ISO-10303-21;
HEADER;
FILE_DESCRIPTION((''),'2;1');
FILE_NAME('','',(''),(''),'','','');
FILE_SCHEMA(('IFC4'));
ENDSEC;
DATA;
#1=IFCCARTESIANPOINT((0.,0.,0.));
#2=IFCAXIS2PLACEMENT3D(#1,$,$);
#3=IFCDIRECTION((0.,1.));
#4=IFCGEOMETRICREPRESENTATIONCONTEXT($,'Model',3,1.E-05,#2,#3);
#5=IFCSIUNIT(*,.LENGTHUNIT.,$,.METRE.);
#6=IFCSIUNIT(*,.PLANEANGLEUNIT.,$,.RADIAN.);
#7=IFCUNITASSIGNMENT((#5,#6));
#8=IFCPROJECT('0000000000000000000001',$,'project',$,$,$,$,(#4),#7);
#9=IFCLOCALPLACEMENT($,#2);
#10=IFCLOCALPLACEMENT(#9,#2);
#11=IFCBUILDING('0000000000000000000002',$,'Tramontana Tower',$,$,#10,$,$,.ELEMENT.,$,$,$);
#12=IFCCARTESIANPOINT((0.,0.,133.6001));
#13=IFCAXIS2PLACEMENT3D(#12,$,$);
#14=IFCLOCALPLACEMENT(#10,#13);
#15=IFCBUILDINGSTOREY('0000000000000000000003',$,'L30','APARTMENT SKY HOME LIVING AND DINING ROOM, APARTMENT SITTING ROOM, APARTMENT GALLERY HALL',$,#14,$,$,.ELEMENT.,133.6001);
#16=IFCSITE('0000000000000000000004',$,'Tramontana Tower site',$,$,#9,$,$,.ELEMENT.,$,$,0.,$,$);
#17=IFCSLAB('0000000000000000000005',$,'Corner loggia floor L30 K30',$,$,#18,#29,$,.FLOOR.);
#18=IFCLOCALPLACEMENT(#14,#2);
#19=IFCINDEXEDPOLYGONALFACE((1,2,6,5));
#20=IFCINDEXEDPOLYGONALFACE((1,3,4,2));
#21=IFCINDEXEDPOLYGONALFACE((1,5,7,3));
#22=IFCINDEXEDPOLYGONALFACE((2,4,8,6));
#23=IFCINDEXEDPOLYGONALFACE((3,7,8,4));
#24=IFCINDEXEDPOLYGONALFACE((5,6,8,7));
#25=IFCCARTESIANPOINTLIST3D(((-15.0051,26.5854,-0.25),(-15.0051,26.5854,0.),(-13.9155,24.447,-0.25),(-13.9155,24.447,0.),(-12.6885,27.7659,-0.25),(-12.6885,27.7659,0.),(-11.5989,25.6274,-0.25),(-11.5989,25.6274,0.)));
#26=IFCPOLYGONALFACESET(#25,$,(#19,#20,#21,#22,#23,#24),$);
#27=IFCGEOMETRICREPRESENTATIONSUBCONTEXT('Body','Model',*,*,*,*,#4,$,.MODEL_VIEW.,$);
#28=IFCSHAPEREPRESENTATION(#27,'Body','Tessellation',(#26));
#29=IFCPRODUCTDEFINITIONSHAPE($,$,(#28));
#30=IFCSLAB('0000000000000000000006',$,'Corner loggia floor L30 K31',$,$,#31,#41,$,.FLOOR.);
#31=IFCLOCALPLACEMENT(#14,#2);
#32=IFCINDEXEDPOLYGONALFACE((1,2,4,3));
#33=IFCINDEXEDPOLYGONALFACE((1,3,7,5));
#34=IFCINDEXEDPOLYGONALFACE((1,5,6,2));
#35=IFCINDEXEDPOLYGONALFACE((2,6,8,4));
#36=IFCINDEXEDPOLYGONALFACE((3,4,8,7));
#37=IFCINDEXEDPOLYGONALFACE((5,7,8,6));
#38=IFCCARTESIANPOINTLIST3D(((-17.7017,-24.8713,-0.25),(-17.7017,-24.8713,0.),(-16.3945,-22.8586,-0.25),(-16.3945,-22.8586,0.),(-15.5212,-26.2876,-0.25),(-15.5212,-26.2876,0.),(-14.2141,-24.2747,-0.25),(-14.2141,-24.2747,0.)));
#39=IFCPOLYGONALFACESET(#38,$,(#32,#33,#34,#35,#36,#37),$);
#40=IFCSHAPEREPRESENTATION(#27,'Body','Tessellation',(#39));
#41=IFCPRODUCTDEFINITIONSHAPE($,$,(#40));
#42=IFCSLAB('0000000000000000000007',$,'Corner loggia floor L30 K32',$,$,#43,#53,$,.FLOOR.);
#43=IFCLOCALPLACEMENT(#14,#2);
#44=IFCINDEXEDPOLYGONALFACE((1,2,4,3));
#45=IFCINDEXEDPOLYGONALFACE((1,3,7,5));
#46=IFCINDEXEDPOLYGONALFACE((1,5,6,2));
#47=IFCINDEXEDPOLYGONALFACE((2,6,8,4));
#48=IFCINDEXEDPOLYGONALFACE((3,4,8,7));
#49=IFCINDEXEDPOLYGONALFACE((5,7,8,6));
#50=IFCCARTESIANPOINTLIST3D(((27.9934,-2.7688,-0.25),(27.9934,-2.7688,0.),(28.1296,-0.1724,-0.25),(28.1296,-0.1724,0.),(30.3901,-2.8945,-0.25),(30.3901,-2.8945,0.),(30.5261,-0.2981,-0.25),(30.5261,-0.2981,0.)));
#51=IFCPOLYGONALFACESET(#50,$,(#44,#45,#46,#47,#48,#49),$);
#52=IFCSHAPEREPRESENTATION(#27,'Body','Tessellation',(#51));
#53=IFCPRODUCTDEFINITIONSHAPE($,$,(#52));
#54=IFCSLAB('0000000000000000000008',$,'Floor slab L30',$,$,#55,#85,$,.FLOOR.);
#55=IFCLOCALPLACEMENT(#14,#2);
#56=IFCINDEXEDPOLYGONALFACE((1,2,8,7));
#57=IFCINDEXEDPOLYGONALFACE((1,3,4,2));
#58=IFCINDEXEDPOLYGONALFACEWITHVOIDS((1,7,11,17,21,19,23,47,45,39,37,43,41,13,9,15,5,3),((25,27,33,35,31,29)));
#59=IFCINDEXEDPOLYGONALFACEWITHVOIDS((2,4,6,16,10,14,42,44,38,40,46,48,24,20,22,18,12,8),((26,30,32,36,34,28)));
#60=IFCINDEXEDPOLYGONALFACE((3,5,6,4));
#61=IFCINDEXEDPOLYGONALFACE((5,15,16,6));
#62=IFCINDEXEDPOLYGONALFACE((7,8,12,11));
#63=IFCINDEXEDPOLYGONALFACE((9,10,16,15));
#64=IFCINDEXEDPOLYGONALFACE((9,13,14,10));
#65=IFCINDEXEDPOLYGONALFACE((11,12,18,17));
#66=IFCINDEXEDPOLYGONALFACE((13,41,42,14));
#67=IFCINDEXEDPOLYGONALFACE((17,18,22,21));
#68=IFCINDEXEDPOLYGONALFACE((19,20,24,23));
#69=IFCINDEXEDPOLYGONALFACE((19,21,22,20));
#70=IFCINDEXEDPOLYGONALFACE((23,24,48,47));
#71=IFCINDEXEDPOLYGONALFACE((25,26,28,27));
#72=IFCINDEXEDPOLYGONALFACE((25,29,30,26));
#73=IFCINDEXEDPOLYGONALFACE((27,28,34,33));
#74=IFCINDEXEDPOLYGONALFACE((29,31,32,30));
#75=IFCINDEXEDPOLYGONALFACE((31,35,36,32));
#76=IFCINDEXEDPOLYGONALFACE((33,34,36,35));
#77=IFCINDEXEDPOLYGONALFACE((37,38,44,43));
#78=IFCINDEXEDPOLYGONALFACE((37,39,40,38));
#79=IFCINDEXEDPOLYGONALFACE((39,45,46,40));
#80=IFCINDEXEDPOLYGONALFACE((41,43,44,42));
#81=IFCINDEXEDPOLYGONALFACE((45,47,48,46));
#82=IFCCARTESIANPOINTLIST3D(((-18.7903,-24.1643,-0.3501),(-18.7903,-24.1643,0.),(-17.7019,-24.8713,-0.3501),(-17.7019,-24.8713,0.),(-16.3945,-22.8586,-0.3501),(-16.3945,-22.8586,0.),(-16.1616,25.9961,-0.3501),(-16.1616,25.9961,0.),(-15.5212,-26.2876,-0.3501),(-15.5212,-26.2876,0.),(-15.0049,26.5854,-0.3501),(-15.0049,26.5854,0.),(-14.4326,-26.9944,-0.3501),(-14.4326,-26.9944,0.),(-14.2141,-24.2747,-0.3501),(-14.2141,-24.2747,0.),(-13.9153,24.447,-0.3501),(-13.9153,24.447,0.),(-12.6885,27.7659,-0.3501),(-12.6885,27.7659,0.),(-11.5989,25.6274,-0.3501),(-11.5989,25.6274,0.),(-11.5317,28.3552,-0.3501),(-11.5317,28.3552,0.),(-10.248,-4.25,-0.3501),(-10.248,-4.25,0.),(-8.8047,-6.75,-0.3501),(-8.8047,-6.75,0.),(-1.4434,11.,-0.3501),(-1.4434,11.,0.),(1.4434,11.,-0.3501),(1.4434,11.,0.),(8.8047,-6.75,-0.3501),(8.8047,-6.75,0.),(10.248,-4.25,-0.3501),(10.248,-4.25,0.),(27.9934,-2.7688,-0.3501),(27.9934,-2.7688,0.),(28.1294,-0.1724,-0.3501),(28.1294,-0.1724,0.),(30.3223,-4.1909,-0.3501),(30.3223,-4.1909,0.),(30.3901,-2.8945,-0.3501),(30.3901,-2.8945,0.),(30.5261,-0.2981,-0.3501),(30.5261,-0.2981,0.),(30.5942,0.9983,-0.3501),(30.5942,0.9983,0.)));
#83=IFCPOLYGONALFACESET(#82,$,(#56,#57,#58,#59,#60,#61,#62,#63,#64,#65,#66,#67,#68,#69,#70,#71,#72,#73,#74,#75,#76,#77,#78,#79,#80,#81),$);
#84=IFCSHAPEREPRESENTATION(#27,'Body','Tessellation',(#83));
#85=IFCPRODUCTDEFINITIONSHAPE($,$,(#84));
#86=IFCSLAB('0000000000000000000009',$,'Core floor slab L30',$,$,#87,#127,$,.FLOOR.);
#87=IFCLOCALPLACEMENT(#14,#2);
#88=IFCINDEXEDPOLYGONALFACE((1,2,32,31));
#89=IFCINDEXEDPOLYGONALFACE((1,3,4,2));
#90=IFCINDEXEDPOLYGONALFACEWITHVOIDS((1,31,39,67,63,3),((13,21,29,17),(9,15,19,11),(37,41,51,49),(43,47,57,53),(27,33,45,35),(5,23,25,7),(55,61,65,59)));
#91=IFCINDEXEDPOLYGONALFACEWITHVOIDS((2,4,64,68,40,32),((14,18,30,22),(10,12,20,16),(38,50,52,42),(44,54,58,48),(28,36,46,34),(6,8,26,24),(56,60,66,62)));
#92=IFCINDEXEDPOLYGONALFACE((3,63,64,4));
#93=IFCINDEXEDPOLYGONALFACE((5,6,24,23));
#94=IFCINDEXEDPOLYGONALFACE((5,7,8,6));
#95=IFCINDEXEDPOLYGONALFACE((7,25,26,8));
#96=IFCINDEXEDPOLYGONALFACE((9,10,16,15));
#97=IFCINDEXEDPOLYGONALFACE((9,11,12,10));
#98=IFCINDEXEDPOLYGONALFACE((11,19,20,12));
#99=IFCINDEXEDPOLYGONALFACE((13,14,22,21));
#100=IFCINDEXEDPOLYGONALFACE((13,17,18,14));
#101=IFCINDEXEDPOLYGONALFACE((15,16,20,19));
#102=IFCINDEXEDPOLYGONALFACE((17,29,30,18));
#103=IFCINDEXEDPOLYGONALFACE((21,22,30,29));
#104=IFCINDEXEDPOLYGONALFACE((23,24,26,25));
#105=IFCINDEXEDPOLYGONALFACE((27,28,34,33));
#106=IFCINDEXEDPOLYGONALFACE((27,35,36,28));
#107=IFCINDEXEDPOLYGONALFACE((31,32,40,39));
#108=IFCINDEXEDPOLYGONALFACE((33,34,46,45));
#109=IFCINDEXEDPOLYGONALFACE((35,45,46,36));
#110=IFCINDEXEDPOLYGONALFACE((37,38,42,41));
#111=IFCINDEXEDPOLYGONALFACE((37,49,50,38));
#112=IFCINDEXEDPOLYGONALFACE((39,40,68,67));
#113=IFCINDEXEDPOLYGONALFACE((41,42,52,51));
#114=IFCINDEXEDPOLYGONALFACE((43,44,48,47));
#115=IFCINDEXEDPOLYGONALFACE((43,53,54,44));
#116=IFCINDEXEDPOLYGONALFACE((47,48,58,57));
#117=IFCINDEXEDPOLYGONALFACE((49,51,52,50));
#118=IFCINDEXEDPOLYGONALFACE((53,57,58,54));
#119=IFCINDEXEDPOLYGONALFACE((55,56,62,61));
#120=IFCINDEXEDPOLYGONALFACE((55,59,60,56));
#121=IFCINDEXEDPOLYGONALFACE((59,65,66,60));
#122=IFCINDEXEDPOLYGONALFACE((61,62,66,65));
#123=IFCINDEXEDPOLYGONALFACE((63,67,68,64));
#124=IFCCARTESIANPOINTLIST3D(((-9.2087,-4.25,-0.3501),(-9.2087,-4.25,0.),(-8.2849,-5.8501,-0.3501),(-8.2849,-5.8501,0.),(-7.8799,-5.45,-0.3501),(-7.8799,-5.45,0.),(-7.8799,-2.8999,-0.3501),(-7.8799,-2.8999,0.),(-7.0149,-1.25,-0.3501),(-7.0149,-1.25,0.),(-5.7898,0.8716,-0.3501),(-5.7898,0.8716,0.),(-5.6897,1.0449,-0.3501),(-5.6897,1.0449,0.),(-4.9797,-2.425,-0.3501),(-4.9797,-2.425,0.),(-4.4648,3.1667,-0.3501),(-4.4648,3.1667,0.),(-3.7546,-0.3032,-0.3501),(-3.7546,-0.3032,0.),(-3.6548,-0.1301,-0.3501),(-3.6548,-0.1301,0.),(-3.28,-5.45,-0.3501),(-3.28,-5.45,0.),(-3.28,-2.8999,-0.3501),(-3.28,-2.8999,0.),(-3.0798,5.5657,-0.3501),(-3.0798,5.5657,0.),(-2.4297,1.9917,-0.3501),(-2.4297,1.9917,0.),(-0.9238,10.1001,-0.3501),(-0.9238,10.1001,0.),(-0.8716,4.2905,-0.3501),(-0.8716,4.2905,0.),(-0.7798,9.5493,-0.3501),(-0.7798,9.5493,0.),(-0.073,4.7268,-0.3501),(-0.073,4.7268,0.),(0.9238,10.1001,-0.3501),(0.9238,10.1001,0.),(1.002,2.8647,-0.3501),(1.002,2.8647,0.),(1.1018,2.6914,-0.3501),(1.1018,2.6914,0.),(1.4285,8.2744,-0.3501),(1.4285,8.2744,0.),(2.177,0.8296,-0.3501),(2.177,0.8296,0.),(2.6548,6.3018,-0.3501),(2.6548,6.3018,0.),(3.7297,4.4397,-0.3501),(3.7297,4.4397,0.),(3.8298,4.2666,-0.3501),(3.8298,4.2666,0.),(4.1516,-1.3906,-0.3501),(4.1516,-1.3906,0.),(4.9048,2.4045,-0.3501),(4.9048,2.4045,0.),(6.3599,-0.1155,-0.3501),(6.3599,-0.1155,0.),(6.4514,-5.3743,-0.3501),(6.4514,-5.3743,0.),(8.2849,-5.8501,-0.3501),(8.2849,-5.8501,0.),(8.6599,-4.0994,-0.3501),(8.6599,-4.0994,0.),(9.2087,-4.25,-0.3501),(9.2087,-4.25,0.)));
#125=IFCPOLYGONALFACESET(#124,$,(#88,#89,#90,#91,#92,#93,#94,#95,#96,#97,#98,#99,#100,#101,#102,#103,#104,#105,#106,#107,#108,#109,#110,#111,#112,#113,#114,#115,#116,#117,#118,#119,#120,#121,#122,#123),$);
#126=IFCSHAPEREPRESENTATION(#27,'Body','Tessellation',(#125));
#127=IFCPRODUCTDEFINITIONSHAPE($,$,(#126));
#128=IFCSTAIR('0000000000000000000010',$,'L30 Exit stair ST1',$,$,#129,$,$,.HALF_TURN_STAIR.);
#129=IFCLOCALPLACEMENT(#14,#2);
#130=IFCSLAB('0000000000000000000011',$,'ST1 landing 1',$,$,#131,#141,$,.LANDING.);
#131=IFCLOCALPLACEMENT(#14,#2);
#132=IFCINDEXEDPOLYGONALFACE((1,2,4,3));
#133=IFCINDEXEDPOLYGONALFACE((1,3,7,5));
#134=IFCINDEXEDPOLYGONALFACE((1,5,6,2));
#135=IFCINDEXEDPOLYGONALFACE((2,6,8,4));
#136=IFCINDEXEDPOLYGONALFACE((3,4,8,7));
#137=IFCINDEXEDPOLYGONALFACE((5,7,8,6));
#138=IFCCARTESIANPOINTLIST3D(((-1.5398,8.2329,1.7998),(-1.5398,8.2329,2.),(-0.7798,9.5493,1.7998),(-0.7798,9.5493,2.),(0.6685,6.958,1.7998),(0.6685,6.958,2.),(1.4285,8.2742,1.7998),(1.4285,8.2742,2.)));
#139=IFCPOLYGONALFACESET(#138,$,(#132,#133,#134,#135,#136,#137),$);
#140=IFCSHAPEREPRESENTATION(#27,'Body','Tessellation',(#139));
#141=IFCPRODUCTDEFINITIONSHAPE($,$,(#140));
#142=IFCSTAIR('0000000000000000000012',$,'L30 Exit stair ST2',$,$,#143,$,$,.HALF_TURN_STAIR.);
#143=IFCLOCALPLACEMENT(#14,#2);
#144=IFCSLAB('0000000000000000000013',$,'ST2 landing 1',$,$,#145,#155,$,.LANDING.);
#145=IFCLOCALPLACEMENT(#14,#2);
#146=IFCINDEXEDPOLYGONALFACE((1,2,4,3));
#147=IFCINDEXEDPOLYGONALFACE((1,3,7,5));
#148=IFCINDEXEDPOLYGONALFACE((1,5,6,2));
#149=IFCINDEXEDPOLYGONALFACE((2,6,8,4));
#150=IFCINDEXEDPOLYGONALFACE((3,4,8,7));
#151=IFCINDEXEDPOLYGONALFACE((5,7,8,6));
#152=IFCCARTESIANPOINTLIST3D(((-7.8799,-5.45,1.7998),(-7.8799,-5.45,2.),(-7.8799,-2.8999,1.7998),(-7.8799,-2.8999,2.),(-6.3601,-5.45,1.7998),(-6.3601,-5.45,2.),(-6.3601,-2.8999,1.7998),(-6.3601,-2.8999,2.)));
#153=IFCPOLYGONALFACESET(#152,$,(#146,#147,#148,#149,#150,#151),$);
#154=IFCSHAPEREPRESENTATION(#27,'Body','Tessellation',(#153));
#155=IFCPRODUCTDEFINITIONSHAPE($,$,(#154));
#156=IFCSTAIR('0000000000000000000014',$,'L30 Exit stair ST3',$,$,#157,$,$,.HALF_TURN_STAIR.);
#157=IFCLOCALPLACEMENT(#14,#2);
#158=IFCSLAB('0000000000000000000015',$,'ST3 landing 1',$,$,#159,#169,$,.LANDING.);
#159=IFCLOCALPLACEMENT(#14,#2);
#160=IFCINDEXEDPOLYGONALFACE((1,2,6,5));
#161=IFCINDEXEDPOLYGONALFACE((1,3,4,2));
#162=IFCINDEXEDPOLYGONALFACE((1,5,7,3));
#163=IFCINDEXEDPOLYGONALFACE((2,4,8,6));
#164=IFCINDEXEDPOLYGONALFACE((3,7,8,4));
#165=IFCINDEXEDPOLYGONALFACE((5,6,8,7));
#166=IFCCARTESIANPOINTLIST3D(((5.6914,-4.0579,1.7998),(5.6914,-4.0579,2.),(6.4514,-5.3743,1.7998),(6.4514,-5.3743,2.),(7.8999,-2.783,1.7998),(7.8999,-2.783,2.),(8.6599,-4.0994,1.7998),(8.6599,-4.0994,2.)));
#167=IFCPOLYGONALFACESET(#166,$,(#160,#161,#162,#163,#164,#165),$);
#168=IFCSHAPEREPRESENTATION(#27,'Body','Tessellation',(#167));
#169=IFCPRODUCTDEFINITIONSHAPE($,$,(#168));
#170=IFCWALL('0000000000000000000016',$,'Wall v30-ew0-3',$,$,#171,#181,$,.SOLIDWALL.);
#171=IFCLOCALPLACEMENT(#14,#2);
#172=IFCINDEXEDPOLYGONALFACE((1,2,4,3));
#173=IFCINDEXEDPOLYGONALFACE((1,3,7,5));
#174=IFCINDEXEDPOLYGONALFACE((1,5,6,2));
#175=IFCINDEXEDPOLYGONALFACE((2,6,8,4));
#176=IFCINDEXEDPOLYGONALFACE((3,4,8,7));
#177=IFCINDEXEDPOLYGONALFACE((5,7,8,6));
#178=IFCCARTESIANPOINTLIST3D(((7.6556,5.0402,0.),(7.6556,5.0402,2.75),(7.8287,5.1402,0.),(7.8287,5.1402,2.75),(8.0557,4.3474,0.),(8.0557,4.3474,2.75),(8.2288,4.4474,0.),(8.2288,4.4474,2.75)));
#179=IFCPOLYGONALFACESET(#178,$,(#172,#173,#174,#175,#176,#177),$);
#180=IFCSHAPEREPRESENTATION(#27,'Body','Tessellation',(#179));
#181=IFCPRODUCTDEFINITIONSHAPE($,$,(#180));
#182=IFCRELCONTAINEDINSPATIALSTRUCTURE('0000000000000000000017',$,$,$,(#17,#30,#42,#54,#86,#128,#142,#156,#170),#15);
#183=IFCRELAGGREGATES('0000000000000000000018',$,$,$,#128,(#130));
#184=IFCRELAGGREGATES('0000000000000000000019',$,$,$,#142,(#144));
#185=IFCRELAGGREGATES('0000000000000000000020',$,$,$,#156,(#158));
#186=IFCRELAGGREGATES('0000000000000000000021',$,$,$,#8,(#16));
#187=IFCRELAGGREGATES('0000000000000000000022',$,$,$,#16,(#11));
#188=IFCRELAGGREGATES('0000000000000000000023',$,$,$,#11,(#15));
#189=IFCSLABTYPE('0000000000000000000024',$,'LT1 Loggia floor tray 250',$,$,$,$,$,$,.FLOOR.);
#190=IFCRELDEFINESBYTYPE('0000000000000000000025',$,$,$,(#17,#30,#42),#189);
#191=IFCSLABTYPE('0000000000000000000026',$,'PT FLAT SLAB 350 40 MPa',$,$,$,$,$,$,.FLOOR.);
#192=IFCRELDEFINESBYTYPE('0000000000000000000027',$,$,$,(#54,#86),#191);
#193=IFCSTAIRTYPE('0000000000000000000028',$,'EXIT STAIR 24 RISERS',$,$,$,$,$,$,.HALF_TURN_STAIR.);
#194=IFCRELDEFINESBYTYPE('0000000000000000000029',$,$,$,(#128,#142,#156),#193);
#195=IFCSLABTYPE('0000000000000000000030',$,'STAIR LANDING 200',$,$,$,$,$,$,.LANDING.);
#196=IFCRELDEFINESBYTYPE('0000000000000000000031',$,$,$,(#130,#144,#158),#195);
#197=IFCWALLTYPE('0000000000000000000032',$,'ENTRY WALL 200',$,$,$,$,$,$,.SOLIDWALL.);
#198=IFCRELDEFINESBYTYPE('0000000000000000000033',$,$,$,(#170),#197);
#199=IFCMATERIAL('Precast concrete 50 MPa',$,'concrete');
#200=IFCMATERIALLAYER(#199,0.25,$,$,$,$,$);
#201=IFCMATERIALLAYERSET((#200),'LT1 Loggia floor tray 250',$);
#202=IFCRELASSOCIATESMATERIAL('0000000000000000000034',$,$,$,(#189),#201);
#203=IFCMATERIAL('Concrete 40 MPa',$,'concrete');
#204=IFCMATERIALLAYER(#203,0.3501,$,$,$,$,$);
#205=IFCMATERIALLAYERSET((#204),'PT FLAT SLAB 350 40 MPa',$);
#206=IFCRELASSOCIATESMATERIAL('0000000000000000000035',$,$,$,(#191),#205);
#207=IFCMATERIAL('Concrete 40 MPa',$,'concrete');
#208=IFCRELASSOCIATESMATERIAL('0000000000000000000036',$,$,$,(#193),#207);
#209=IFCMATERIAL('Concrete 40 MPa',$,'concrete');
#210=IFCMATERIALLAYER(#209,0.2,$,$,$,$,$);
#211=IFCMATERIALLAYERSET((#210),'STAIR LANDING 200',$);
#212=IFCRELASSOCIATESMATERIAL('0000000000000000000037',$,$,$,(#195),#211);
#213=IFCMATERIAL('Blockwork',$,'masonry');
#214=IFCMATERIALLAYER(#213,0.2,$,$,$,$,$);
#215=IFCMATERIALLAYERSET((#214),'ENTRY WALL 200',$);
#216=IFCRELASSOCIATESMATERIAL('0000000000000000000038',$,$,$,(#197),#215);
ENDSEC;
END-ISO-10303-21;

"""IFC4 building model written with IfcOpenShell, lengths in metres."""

from ifc_helpers import new_model, si_unit, direction, frame, frame_2d, origin, place, context, subcontext, project, spatial, polyline, rectangle, outline, extrude, material, layer, layer_set, type_object, element, aggregate, save


model = new_model("IFC4")

# Units and contexts
model_context = context("Model", 3, precision=1e-05, world=origin(), true_north=direction((0.0, 1.0)))
body_context = subcontext(model_context, "Body", "Model", "MODEL_VIEW")
ifc_project = project(units=[si_unit("LENGTHUNIT", "METRE"), si_unit("PLANEANGLEUNIT", "RADIAN")], contexts=[model_context])

# Site, building, storey
site_placement = place(None, origin())
site = spatial("IfcSite", under=ifc_project, at=site_placement, Name="Tramontana Tower site", CompositionType="ELEMENT", RefElevation=0.0)
building_placement = place(site_placement, origin())
building = spatial("IfcBuilding", under=site, at=building_placement, Name="Tramontana Tower", CompositionType="ELEMENT")
storey_placement = place(building_placement, frame((0.0, 0.0, 133.6001)))
storey = spatial("IfcBuildingStorey", under=building, at=storey_placement, Name="L30", Description="APARTMENT SKY HOME LIVING AND DINING ROOM, APARTMENT SITTING ROOM, APARTMENT GALLERY HALL", CompositionType="ELEMENT", Elevation=133.6001)

# Slabs
ifc_material_1 = material(Name="Precast concrete 50 MPa", Category="concrete")
ifc_layer_1 = layer(ifc_material_1, 0.25)
ifc_layer_set_1 = layer_set([ifc_layer_1], Name="LT1 Loggia floor tray 250")
slab_type_1 = type_object("IfcSlabType", Name="LT1 Loggia floor tray 250", PredefinedType="FLOOR", material=ifc_layer_set_1)
slab_1_placement = place(storey_placement, frame((0.0, 0.0, -0.25)))
element("IfcSlab", 1, at=slab_1_placement, inside=storey, type_object=slab_type_1, Name="Corner loggia floor L30 K30", PredefinedType="FLOOR", context=body_context, shape_type="SweptSolid", body=[
    extrude(outline(polyline([(-12.6885, 27.7659), (-11.5989, 25.6274), (-13.9155, 24.447), (-15.0051, 26.5854), (-12.6885, 27.7659)])), origin(), (0.0, 0.0, 1.0), 0.25),
])
slab_2_placement = place(storey_placement, frame((0.0, 0.0, -0.25)))
element("IfcSlab", 2, at=slab_2_placement, inside=storey, type_object=slab_type_1, Name="Corner loggia floor L30 K31", PredefinedType="FLOOR", context=body_context, shape_type="SweptSolid", body=[
    extrude(outline(polyline([(-17.7017, -24.8713), (-16.3945, -22.8586), (-14.2141, -24.2747), (-15.5212, -26.2876), (-17.7017, -24.8713)])), origin(), (0.0, 0.0, 1.0), 0.25),
])
slab_3_placement = place(storey_placement, frame((0.0, 0.0, -0.25)))
element("IfcSlab", 3, at=slab_3_placement, inside=storey, type_object=slab_type_1, Name="Corner loggia floor L30 K32", PredefinedType="FLOOR", context=body_context, shape_type="SweptSolid", body=[
    extrude(outline(polyline([(30.3901, -2.8945), (27.9934, -2.7688), (28.1296, -0.1724), (30.5261, -0.2981), (30.3901, -2.8945)])), origin(), (0.0, 0.0, 1.0), 0.25),
])
ifc_material_2 = material(Name="Concrete 40 MPa", Category="concrete")
ifc_layer_2 = layer(ifc_material_2, 0.3501)
ifc_layer_set_2 = layer_set([ifc_layer_2], Name="PT FLAT SLAB 350 40 MPa")
slab_type_2 = type_object("IfcSlabType", Name="PT FLAT SLAB 350 40 MPa", PredefinedType="FLOOR", material=ifc_layer_set_2)
slab_4_placement = place(storey_placement, frame((0.0, 0.0, -0.3501)))
element("IfcSlab", 4, at=slab_4_placement, inside=storey, type_object=slab_type_2, Name="Floor slab L30", PredefinedType="FLOOR", context=body_context, shape_type="SweptSolid", body=[
    extrude(outline(polyline([(30.5261, -0.2981), (28.1294, -0.1724), (27.9934, -2.7688), (30.3901, -2.8945), (30.3223, -4.1909), (-14.4326, -26.9944), (-15.5212, -26.2876), (-14.2141, -24.2747), (-16.3945, -22.8586), (-17.7019, -24.8713), (-18.7903, -24.1643), (-16.1616, 25.9961), (-15.0049, 26.5854), (-13.9153, 24.447), (-11.5989, 25.6274), (-12.6885, 27.7659), (-11.5317, 28.3552), (30.5942, 0.9983), (30.5261, -0.2981)]), holes=[polyline([(-10.248, -4.25), (-8.8047, -6.75), (8.8047, -6.75), (10.248, -4.25), (1.4434, 11.0), (-1.4434, 11.0), (-10.248, -4.25)])]), origin(), (0.0, 0.0, 1.0), 0.3501),
])
slab_5_placement = place(storey_placement, frame((0.0, 0.0, -0.3501)))
element("IfcSlab", 5, at=slab_5_placement, inside=storey, type_object=slab_type_2, Name="Core floor slab L30", PredefinedType="FLOOR", context=body_context, shape_type="SweptSolid", body=[
    extrude(outline(polyline([(9.2087, -4.25), (8.2849, -5.8501), (-8.2849, -5.8501), (-9.2087, -4.25), (-0.9238, 10.1001), (0.9238, 10.1001), (9.2087, -4.25)]), holes=[polyline([(8.6599, -4.0994), (6.3599, -0.1155), (4.1516, -1.3906), (6.4514, -5.3743), (8.6599, -4.0994)]), polyline([(3.8298, 4.2666), (1.1018, 2.6914), (2.177, 0.8296), (4.9048, 2.4045), (3.8298, 4.2666)]), polyline([(2.6548, 6.3018), (-0.073, 4.7268), (1.002, 2.8647), (3.7297, 4.4397), (2.6548, 6.3018)]), polyline([(-0.7798, 9.5493), (-3.0798, 5.5657), (-0.8716, 4.2905), (1.4285, 8.2744), (-0.7798, 9.5493)]), polyline([(-5.6897, 1.0449), (-3.6548, -0.1301), (-2.4297, 1.9917), (-4.4648, 3.1667), (-5.6897, 1.0449)]), polyline([(-3.28, -5.45), (-3.28, -2.8999), (-7.8799, -2.8999), (-7.8799, -5.45), (-3.28, -5.45)]), polyline([(-7.0149, -1.25), (-4.9797, -2.425), (-3.7546, -0.3032), (-5.7898, 0.8716), (-7.0149, -1.25)])]), origin(), (0.0, 0.0, 1.0), 0.3501),
])

# Stairs, slabs
ifc_material_3 = material(Name="Concrete 40 MPa", Category="concrete")
stair_type = type_object("IfcStairType", Name="EXIT STAIR 24 RISERS", PredefinedType="HALF_TURN_STAIR", material=ifc_material_3)
stair_1_placement = place(storey_placement, origin())
stair_1 = element("IfcStair", 6, at=stair_1_placement, inside=storey, type_object=stair_type, Name="L30 Exit stair ST1", PredefinedType="HALF_TURN_STAIR")
ifc_material_4 = material(Name="Concrete 40 MPa", Category="concrete")
ifc_layer_3 = layer(ifc_material_4, 0.2)
ifc_layer_set_3 = layer_set([ifc_layer_3], Name="STAIR LANDING 200")
slab_type_3 = type_object("IfcSlabType", Name="STAIR LANDING 200", PredefinedType="LANDING", material=ifc_layer_set_3)
slab_6_placement = place(storey_placement, frame((0.0, 0.0, 1.7998)))
slab_6 = element("IfcSlab", 7, at=slab_6_placement, type_object=slab_type_3, Name="ST1 landing 1", PredefinedType="LANDING", context=body_context, shape_type="SweptSolid", body=[
    extrude(outline(polyline([(0.6685, 6.958), (1.4285, 8.2742), (-0.7798, 9.5493), (-1.5398, 8.2329), (0.6685, 6.958)])), origin(), (0.0, 0.0, 1.0), 0.2002),
])
aggregate(stair_1, [slab_6])
stair_2_placement = place(storey_placement, origin())
stair_2 = element("IfcStair", 8, at=stair_2_placement, inside=storey, type_object=stair_type, Name="L30 Exit stair ST2", PredefinedType="HALF_TURN_STAIR")
slab_7_placement = place(storey_placement, frame((0.0, 0.0, 1.7998)))
slab_7 = element("IfcSlab", 9, at=slab_7_placement, type_object=slab_type_3, Name="ST2 landing 1", PredefinedType="LANDING", context=body_context, shape_type="SweptSolid", body=[
    extrude(outline(polyline([(-6.3601, -2.8999), (-7.8799, -2.8999), (-7.8799, -5.45), (-6.3601, -5.45), (-6.3601, -2.8999)])), origin(), (0.0, 0.0, 1.0), 0.2002),
])
aggregate(stair_2, [slab_7])
stair_3_placement = place(storey_placement, origin())
stair_3 = element("IfcStair", 10, at=stair_3_placement, inside=storey, type_object=stair_type, Name="L30 Exit stair ST3", PredefinedType="HALF_TURN_STAIR")
slab_8_placement = place(storey_placement, frame((0.0, 0.0, 1.7998)))
slab_8 = element("IfcSlab", 11, at=slab_8_placement, type_object=slab_type_3, Name="ST3 landing 1", PredefinedType="LANDING", context=body_context, shape_type="SweptSolid", body=[
    extrude(outline(polyline([(5.6914, -4.0579), (6.4514, -5.3743), (8.6599, -4.0994), (7.8999, -2.783), (5.6914, -4.0579)])), origin(), (0.0, 0.0, 1.0), 0.2002),
])

# Wall
ifc_material_5 = material(Name="Blockwork", Category="masonry")
ifc_layer_4 = layer(ifc_material_5, 0.2)
ifc_layer_set_4 = layer_set([ifc_layer_4], Name="ENTRY WALL 200")
wall_type_1 = type_object("IfcWallType", Name="ENTRY WALL 200", PredefinedType="SOLIDWALL", material=ifc_layer_set_4)
wall_1_placement = place(storey_placement, frame((7.7422, 5.0901, 0.0), z_axis=(0.0, 0.0, 1.0), x_axis=(0.50011, -0.865962, 0.0)))
element("IfcWall", 12, at=wall_1_placement, inside=storey, type_object=wall_type_1, Name="Wall v30-ew0-3", PredefinedType="SOLIDWALL", context=body_context, shape_type="SweptSolid", body=[
    extrude(rectangle(XDim=0.8, YDim=0.2, at=frame_2d((0.3999, 0.0))), origin(), (0.0, 0.0, 1.0), 2.75),
])

aggregate(stair_3, [slab_8])

save(model, "model.ifc")
